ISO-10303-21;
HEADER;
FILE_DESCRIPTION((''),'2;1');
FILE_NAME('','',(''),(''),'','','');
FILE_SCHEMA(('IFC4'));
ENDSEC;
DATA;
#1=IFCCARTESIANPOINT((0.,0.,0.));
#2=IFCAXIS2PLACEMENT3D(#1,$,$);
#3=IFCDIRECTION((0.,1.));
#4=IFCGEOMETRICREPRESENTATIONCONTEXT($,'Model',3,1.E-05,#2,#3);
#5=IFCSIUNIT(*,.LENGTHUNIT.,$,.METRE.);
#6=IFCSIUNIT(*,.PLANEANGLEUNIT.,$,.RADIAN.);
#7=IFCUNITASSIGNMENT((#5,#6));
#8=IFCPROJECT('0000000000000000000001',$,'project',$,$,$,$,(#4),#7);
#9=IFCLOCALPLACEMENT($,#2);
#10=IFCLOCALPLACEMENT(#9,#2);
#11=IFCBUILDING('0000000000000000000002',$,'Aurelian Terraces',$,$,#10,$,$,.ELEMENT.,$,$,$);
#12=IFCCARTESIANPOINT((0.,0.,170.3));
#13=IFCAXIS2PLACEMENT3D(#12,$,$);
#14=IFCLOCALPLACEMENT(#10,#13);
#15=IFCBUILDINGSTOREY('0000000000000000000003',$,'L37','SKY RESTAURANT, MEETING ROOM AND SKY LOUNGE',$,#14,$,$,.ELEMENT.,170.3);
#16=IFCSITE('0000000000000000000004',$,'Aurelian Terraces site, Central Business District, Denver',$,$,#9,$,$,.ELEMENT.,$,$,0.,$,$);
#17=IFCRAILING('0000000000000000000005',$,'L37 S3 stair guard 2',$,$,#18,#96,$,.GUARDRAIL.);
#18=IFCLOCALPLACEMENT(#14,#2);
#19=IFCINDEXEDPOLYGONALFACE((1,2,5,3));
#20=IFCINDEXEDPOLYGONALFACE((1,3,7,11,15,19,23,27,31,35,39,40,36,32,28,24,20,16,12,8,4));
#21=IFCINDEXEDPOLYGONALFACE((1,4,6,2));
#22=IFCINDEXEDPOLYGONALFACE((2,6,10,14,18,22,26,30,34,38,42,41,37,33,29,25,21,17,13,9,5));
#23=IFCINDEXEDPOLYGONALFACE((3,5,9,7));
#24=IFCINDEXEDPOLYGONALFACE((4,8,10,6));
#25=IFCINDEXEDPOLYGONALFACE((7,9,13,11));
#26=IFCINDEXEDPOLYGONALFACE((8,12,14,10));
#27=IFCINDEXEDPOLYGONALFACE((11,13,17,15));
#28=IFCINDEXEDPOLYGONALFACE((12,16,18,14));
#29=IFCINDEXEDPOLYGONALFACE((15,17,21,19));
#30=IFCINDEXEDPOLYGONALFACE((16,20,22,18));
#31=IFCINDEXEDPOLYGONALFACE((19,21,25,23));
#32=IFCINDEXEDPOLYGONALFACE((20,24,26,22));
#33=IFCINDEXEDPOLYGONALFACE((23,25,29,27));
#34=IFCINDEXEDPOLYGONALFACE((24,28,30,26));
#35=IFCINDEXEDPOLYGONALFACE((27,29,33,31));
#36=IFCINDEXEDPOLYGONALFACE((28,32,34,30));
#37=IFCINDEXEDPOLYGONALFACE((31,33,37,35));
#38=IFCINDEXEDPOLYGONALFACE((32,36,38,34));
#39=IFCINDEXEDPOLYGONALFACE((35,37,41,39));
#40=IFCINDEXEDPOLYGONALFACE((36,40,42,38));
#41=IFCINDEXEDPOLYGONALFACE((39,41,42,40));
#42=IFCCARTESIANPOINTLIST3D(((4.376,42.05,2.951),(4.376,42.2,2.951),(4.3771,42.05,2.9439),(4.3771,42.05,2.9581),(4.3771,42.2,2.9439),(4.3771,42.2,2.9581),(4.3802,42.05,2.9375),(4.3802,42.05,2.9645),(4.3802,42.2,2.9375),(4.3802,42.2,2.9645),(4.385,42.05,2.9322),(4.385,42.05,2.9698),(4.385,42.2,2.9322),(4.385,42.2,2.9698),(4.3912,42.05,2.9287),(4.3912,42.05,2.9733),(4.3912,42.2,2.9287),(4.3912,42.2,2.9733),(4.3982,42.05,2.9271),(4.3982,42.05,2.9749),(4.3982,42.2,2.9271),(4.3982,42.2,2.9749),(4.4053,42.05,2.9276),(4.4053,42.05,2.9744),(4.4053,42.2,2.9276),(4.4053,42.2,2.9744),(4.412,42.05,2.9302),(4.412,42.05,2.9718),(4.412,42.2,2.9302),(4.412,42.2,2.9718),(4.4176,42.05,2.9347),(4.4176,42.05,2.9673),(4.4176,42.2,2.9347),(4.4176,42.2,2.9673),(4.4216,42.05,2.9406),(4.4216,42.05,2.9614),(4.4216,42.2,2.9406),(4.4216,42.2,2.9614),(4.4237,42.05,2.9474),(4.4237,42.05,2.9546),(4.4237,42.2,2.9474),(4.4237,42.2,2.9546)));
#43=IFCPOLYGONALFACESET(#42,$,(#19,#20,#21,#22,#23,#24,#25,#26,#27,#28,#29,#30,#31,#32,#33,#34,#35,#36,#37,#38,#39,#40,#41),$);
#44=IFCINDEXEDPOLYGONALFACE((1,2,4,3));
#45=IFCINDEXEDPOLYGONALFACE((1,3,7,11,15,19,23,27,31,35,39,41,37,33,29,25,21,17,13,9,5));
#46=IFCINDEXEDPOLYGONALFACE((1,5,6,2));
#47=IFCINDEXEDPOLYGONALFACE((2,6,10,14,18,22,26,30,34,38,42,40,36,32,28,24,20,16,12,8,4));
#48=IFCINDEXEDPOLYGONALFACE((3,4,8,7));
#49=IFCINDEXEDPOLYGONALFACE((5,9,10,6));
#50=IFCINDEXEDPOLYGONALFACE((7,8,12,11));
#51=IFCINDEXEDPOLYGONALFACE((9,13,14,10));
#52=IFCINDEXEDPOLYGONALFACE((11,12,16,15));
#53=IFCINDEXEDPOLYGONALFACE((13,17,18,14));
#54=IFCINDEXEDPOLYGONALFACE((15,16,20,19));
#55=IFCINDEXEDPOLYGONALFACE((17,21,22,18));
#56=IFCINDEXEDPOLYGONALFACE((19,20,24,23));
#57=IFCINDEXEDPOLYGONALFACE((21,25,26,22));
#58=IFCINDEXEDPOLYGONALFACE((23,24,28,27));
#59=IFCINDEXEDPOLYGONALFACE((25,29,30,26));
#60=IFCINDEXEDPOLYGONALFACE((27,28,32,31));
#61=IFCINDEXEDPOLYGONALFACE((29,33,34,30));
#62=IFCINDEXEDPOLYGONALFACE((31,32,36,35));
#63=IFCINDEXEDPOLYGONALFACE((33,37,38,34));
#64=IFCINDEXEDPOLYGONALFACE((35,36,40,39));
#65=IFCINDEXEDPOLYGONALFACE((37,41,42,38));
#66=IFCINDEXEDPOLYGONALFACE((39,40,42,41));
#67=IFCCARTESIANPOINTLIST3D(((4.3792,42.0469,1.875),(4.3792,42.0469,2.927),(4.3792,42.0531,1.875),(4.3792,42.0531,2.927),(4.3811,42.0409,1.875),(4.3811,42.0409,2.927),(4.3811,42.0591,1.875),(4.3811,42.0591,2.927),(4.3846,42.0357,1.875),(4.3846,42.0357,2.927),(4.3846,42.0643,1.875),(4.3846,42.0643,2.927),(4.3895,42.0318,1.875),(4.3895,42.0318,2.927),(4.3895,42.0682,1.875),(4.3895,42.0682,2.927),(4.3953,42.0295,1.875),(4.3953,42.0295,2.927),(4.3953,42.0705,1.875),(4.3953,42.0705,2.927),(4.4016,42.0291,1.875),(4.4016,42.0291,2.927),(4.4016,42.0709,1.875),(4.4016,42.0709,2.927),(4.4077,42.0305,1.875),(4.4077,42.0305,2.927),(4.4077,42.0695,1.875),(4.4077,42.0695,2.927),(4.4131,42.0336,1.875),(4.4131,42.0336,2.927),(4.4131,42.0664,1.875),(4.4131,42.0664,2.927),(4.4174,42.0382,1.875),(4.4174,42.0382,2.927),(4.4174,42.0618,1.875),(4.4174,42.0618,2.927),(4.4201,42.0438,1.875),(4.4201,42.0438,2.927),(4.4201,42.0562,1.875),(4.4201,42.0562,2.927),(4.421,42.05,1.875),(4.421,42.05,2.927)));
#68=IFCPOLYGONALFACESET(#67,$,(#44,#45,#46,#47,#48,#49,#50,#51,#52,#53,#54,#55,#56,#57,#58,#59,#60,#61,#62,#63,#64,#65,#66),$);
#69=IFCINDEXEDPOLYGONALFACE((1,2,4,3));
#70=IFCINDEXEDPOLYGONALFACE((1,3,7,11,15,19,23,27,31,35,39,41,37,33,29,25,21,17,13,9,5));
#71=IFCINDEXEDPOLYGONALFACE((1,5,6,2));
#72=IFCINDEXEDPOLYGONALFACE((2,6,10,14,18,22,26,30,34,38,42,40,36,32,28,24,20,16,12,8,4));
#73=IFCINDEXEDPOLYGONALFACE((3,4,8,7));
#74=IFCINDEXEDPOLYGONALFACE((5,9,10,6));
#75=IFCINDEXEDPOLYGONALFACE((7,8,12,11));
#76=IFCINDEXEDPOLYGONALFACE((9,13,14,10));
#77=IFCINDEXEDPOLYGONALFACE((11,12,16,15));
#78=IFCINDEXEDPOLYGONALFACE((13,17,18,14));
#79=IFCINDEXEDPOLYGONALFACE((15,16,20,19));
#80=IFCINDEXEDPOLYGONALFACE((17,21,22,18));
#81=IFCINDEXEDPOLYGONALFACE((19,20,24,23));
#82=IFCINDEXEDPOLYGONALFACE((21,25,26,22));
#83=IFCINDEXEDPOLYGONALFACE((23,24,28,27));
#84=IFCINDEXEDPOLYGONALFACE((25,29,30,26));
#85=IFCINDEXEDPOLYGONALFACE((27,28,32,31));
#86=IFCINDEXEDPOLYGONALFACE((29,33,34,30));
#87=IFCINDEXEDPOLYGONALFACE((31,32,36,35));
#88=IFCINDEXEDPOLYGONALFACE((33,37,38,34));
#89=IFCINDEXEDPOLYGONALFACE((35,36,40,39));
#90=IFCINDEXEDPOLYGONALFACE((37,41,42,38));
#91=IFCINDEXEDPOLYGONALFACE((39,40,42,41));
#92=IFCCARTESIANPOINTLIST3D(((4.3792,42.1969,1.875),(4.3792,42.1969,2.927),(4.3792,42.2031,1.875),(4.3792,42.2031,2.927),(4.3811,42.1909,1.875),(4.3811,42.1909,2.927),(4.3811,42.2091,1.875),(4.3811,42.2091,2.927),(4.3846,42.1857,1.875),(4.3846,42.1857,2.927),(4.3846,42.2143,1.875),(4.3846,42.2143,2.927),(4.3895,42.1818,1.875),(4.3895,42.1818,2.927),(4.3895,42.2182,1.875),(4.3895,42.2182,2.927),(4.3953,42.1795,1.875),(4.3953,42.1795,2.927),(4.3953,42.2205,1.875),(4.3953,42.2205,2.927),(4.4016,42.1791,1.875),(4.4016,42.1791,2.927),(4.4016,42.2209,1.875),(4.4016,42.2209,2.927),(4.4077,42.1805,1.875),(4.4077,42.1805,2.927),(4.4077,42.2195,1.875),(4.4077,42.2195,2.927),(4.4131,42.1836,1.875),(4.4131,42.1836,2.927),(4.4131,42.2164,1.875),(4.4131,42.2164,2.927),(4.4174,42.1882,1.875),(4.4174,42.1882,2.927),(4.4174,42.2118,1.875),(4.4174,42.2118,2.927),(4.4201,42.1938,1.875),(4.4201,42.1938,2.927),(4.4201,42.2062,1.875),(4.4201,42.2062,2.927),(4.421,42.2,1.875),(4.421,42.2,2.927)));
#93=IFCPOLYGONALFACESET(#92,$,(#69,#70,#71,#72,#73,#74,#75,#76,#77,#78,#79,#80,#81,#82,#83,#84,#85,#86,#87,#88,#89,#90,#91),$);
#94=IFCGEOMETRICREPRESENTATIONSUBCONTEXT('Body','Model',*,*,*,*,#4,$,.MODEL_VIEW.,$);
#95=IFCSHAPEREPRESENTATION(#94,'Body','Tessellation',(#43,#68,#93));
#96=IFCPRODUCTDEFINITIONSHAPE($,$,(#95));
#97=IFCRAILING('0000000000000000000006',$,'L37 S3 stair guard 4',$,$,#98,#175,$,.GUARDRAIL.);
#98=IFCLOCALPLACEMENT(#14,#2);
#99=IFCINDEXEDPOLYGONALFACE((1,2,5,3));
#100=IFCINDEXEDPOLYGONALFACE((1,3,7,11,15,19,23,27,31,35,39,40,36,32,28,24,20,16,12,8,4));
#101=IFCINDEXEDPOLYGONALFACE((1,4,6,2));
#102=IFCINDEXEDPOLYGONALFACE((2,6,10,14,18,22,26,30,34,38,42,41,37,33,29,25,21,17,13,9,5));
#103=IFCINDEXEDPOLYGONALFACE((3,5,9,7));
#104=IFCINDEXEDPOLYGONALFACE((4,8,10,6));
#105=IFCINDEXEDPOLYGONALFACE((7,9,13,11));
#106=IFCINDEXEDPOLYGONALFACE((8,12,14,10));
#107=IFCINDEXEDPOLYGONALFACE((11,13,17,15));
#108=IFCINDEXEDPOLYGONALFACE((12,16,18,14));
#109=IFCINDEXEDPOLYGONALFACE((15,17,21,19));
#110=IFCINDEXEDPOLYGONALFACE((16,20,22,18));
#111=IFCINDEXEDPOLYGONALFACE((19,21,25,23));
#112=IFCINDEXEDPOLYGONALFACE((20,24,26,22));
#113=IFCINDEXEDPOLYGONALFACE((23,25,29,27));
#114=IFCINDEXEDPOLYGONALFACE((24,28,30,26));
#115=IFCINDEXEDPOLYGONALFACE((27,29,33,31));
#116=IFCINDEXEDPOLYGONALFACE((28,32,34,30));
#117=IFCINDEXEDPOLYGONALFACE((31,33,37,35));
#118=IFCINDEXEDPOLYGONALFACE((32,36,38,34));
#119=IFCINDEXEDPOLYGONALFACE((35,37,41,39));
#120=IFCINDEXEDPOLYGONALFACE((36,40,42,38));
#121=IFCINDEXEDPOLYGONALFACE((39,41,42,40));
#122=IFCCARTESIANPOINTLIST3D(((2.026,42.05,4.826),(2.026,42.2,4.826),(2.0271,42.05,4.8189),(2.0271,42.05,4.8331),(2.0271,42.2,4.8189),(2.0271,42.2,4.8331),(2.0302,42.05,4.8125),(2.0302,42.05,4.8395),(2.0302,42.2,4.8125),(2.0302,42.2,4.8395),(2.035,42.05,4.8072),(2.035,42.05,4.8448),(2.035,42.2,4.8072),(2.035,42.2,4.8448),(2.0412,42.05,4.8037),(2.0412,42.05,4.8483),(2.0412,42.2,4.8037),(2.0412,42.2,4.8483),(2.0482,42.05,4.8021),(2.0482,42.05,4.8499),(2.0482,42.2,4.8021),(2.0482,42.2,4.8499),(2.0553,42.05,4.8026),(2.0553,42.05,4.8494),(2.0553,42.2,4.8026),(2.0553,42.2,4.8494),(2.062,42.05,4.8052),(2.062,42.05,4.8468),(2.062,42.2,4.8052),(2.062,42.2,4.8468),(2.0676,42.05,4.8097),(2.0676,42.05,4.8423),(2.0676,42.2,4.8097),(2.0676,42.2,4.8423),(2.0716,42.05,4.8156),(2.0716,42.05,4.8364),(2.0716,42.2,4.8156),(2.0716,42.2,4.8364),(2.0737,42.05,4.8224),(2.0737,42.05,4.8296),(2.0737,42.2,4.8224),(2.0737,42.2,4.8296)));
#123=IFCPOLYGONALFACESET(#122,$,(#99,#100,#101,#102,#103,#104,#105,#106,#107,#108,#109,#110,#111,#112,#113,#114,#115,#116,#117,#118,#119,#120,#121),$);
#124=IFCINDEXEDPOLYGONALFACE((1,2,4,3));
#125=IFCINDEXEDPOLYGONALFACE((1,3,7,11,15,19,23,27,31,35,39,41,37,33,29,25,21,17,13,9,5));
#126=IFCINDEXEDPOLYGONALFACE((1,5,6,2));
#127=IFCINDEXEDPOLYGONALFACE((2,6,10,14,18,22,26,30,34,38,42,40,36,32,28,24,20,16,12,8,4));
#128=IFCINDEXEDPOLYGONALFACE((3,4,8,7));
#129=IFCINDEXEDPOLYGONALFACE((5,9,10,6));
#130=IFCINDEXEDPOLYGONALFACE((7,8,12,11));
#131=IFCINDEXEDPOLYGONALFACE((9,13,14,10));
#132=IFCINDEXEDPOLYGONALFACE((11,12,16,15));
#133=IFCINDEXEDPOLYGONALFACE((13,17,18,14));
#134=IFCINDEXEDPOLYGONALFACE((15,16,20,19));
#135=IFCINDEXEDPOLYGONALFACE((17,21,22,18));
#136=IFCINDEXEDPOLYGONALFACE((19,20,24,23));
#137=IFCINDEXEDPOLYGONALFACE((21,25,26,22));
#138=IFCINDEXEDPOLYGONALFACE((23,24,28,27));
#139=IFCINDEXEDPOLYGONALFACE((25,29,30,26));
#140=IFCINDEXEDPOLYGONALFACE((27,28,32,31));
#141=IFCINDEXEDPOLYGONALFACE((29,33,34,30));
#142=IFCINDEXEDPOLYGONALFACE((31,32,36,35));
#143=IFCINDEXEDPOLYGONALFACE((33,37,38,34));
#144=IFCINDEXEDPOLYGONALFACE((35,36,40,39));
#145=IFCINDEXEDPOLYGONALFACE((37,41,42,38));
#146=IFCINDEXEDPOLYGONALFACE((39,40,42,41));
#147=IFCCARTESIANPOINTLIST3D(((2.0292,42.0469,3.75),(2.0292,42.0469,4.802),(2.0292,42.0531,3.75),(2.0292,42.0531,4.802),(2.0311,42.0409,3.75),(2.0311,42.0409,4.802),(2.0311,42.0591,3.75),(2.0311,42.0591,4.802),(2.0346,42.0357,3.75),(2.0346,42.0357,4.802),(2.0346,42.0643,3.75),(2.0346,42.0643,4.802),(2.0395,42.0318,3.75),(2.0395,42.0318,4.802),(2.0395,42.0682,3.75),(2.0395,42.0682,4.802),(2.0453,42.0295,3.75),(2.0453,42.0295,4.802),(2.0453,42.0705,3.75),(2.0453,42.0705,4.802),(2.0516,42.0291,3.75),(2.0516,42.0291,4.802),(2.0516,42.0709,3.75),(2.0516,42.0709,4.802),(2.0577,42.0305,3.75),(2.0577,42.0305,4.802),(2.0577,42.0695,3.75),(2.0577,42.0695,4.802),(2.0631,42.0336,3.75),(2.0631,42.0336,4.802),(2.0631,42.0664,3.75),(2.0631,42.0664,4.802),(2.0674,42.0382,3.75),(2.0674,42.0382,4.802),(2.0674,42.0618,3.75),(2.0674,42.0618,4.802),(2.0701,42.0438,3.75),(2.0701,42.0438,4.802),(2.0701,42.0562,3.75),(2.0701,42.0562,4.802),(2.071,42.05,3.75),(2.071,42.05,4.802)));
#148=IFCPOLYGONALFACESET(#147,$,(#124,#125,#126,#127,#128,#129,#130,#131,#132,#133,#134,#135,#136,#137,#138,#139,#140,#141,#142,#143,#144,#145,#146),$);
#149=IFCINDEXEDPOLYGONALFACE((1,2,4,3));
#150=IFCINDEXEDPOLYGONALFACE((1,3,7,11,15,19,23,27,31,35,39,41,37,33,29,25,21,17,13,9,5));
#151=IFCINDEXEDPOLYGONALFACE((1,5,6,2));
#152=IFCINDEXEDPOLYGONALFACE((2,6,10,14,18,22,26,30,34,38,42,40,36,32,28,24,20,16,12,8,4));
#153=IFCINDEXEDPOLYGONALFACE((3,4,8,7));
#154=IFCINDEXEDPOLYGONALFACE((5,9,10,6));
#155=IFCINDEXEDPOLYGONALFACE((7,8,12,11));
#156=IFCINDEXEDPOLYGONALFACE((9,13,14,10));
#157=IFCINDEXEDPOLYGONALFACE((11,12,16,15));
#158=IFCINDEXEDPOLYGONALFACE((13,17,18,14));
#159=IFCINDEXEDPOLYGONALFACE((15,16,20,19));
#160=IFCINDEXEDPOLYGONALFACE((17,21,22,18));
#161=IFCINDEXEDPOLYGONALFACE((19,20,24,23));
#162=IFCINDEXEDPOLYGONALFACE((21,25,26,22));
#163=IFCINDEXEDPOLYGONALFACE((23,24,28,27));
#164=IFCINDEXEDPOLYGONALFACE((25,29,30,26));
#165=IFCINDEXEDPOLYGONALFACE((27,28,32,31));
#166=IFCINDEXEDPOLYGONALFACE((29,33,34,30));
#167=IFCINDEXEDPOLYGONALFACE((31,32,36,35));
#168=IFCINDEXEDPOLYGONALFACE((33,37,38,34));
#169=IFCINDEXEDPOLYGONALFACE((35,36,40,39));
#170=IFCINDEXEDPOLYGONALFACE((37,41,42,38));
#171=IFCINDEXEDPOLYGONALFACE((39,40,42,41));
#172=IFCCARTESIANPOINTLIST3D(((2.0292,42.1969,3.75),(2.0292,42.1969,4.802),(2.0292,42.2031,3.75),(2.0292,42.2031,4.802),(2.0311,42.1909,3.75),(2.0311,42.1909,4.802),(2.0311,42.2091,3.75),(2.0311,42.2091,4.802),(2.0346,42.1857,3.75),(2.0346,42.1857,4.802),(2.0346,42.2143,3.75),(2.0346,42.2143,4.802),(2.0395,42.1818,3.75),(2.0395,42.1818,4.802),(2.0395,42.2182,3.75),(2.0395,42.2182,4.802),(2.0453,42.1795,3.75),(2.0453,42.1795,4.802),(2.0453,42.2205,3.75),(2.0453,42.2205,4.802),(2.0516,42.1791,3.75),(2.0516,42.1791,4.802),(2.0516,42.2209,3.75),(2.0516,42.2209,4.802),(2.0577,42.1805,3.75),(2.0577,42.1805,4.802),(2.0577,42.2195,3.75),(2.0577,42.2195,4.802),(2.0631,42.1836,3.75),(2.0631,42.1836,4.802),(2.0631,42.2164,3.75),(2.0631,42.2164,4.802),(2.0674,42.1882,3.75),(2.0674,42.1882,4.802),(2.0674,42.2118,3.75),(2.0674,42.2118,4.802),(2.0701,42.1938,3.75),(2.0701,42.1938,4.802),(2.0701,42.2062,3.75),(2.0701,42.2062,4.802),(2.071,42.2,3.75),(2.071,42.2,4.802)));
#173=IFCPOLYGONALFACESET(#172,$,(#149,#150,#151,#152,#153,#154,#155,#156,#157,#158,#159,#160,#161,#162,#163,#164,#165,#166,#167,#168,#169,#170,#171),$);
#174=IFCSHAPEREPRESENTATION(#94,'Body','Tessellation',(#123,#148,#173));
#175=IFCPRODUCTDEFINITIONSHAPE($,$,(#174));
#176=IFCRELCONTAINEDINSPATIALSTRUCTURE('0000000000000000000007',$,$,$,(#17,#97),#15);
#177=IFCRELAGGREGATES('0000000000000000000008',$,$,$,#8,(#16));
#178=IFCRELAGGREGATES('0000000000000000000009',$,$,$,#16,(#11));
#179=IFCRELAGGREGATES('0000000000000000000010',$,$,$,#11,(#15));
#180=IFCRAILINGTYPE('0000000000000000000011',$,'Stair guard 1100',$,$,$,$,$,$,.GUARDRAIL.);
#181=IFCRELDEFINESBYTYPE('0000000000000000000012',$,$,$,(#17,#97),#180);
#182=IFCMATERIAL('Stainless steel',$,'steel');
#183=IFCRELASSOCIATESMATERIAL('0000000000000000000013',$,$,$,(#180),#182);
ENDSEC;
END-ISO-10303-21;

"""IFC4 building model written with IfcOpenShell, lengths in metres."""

from ifc_helpers import new_model, si_unit, direction, frame, origin, origin_2d, place, context, subcontext, project, spatial, circle, extrude, source, transform, mapped, material, type_object, element, save


model = new_model("IFC4")

# Units and contexts
model_context = context("Model", 3, precision=1e-05, world=origin(), true_north=direction((0.0, 1.0)))
body_context = subcontext(model_context, "Body", "Model", "MODEL_VIEW")
ifc_project = project(units=[si_unit("LENGTHUNIT", "METRE"), si_unit("PLANEANGLEUNIT", "RADIAN")], contexts=[model_context])

# Site, building, storey
site_placement = place(None, origin())
site = spatial("IfcSite", under=ifc_project, at=site_placement, Name="Aurelian Terraces site, Central Business District, Denver", CompositionType="ELEMENT", RefElevation=0.0)
building_placement = place(site_placement, origin())
building = spatial("IfcBuilding", under=site, at=building_placement, Name="Aurelian Terraces", CompositionType="ELEMENT")
storey_placement = place(building_placement, frame((0.0, 0.0, 170.3)))
storey = spatial("IfcBuildingStorey", under=building, at=storey_placement, Name="L37", Description="SKY RESTAURANT, MEETING ROOM AND SKY LOUNGE", CompositionType="ELEMENT", Elevation=170.3)

# Railings
ifc_material_1 = material(Name="Stainless steel", Category="steel")
railing_type_1 = type_object("IfcRailingType", Name="Stair guard 1100", PredefinedType="GUARDRAIL", material=ifc_material_1)
shared_shape_1 = source(origin(), body_context, "Body", "SweptSolid", [
    extrude(circle(Radius=0.024, at=origin_2d()), frame((0.0, 0.0, 1.076), z_axis=(0.0, 1.0, 0.0), x_axis=(-1.0, 0.0, 0.0)), (0.0, 0.0, 1.0), 0.15),
    extrude(circle(Radius=0.021, at=origin_2d()), origin(), (0.0, 0.0, 1.0), 1.052),
    extrude(circle(Radius=0.021, at=origin_2d()), frame((0.0, 0.15, 0.0)), (0.0, 0.0, 1.0), 1.052),
])
for number, where, name in (
    (1, (4.4, 42.05, 1.875), "L37 S3 stair guard 2"),
    (2, (2.05, 42.05, 3.75), "L37 S3 stair guard 4"),
):
    element("IfcRailing", number, at=place(storey_placement, frame(where)), inside=storey, type_object=railing_type_1, Name=name, PredefinedType="GUARDRAIL", context=body_context, shape_type="MappedRepresentation", body=[
        mapped(shared_shape_1, transform((0.0, 0.0, 0.0), scale=1.0)),
    ])

save(model, "model.ifc")
